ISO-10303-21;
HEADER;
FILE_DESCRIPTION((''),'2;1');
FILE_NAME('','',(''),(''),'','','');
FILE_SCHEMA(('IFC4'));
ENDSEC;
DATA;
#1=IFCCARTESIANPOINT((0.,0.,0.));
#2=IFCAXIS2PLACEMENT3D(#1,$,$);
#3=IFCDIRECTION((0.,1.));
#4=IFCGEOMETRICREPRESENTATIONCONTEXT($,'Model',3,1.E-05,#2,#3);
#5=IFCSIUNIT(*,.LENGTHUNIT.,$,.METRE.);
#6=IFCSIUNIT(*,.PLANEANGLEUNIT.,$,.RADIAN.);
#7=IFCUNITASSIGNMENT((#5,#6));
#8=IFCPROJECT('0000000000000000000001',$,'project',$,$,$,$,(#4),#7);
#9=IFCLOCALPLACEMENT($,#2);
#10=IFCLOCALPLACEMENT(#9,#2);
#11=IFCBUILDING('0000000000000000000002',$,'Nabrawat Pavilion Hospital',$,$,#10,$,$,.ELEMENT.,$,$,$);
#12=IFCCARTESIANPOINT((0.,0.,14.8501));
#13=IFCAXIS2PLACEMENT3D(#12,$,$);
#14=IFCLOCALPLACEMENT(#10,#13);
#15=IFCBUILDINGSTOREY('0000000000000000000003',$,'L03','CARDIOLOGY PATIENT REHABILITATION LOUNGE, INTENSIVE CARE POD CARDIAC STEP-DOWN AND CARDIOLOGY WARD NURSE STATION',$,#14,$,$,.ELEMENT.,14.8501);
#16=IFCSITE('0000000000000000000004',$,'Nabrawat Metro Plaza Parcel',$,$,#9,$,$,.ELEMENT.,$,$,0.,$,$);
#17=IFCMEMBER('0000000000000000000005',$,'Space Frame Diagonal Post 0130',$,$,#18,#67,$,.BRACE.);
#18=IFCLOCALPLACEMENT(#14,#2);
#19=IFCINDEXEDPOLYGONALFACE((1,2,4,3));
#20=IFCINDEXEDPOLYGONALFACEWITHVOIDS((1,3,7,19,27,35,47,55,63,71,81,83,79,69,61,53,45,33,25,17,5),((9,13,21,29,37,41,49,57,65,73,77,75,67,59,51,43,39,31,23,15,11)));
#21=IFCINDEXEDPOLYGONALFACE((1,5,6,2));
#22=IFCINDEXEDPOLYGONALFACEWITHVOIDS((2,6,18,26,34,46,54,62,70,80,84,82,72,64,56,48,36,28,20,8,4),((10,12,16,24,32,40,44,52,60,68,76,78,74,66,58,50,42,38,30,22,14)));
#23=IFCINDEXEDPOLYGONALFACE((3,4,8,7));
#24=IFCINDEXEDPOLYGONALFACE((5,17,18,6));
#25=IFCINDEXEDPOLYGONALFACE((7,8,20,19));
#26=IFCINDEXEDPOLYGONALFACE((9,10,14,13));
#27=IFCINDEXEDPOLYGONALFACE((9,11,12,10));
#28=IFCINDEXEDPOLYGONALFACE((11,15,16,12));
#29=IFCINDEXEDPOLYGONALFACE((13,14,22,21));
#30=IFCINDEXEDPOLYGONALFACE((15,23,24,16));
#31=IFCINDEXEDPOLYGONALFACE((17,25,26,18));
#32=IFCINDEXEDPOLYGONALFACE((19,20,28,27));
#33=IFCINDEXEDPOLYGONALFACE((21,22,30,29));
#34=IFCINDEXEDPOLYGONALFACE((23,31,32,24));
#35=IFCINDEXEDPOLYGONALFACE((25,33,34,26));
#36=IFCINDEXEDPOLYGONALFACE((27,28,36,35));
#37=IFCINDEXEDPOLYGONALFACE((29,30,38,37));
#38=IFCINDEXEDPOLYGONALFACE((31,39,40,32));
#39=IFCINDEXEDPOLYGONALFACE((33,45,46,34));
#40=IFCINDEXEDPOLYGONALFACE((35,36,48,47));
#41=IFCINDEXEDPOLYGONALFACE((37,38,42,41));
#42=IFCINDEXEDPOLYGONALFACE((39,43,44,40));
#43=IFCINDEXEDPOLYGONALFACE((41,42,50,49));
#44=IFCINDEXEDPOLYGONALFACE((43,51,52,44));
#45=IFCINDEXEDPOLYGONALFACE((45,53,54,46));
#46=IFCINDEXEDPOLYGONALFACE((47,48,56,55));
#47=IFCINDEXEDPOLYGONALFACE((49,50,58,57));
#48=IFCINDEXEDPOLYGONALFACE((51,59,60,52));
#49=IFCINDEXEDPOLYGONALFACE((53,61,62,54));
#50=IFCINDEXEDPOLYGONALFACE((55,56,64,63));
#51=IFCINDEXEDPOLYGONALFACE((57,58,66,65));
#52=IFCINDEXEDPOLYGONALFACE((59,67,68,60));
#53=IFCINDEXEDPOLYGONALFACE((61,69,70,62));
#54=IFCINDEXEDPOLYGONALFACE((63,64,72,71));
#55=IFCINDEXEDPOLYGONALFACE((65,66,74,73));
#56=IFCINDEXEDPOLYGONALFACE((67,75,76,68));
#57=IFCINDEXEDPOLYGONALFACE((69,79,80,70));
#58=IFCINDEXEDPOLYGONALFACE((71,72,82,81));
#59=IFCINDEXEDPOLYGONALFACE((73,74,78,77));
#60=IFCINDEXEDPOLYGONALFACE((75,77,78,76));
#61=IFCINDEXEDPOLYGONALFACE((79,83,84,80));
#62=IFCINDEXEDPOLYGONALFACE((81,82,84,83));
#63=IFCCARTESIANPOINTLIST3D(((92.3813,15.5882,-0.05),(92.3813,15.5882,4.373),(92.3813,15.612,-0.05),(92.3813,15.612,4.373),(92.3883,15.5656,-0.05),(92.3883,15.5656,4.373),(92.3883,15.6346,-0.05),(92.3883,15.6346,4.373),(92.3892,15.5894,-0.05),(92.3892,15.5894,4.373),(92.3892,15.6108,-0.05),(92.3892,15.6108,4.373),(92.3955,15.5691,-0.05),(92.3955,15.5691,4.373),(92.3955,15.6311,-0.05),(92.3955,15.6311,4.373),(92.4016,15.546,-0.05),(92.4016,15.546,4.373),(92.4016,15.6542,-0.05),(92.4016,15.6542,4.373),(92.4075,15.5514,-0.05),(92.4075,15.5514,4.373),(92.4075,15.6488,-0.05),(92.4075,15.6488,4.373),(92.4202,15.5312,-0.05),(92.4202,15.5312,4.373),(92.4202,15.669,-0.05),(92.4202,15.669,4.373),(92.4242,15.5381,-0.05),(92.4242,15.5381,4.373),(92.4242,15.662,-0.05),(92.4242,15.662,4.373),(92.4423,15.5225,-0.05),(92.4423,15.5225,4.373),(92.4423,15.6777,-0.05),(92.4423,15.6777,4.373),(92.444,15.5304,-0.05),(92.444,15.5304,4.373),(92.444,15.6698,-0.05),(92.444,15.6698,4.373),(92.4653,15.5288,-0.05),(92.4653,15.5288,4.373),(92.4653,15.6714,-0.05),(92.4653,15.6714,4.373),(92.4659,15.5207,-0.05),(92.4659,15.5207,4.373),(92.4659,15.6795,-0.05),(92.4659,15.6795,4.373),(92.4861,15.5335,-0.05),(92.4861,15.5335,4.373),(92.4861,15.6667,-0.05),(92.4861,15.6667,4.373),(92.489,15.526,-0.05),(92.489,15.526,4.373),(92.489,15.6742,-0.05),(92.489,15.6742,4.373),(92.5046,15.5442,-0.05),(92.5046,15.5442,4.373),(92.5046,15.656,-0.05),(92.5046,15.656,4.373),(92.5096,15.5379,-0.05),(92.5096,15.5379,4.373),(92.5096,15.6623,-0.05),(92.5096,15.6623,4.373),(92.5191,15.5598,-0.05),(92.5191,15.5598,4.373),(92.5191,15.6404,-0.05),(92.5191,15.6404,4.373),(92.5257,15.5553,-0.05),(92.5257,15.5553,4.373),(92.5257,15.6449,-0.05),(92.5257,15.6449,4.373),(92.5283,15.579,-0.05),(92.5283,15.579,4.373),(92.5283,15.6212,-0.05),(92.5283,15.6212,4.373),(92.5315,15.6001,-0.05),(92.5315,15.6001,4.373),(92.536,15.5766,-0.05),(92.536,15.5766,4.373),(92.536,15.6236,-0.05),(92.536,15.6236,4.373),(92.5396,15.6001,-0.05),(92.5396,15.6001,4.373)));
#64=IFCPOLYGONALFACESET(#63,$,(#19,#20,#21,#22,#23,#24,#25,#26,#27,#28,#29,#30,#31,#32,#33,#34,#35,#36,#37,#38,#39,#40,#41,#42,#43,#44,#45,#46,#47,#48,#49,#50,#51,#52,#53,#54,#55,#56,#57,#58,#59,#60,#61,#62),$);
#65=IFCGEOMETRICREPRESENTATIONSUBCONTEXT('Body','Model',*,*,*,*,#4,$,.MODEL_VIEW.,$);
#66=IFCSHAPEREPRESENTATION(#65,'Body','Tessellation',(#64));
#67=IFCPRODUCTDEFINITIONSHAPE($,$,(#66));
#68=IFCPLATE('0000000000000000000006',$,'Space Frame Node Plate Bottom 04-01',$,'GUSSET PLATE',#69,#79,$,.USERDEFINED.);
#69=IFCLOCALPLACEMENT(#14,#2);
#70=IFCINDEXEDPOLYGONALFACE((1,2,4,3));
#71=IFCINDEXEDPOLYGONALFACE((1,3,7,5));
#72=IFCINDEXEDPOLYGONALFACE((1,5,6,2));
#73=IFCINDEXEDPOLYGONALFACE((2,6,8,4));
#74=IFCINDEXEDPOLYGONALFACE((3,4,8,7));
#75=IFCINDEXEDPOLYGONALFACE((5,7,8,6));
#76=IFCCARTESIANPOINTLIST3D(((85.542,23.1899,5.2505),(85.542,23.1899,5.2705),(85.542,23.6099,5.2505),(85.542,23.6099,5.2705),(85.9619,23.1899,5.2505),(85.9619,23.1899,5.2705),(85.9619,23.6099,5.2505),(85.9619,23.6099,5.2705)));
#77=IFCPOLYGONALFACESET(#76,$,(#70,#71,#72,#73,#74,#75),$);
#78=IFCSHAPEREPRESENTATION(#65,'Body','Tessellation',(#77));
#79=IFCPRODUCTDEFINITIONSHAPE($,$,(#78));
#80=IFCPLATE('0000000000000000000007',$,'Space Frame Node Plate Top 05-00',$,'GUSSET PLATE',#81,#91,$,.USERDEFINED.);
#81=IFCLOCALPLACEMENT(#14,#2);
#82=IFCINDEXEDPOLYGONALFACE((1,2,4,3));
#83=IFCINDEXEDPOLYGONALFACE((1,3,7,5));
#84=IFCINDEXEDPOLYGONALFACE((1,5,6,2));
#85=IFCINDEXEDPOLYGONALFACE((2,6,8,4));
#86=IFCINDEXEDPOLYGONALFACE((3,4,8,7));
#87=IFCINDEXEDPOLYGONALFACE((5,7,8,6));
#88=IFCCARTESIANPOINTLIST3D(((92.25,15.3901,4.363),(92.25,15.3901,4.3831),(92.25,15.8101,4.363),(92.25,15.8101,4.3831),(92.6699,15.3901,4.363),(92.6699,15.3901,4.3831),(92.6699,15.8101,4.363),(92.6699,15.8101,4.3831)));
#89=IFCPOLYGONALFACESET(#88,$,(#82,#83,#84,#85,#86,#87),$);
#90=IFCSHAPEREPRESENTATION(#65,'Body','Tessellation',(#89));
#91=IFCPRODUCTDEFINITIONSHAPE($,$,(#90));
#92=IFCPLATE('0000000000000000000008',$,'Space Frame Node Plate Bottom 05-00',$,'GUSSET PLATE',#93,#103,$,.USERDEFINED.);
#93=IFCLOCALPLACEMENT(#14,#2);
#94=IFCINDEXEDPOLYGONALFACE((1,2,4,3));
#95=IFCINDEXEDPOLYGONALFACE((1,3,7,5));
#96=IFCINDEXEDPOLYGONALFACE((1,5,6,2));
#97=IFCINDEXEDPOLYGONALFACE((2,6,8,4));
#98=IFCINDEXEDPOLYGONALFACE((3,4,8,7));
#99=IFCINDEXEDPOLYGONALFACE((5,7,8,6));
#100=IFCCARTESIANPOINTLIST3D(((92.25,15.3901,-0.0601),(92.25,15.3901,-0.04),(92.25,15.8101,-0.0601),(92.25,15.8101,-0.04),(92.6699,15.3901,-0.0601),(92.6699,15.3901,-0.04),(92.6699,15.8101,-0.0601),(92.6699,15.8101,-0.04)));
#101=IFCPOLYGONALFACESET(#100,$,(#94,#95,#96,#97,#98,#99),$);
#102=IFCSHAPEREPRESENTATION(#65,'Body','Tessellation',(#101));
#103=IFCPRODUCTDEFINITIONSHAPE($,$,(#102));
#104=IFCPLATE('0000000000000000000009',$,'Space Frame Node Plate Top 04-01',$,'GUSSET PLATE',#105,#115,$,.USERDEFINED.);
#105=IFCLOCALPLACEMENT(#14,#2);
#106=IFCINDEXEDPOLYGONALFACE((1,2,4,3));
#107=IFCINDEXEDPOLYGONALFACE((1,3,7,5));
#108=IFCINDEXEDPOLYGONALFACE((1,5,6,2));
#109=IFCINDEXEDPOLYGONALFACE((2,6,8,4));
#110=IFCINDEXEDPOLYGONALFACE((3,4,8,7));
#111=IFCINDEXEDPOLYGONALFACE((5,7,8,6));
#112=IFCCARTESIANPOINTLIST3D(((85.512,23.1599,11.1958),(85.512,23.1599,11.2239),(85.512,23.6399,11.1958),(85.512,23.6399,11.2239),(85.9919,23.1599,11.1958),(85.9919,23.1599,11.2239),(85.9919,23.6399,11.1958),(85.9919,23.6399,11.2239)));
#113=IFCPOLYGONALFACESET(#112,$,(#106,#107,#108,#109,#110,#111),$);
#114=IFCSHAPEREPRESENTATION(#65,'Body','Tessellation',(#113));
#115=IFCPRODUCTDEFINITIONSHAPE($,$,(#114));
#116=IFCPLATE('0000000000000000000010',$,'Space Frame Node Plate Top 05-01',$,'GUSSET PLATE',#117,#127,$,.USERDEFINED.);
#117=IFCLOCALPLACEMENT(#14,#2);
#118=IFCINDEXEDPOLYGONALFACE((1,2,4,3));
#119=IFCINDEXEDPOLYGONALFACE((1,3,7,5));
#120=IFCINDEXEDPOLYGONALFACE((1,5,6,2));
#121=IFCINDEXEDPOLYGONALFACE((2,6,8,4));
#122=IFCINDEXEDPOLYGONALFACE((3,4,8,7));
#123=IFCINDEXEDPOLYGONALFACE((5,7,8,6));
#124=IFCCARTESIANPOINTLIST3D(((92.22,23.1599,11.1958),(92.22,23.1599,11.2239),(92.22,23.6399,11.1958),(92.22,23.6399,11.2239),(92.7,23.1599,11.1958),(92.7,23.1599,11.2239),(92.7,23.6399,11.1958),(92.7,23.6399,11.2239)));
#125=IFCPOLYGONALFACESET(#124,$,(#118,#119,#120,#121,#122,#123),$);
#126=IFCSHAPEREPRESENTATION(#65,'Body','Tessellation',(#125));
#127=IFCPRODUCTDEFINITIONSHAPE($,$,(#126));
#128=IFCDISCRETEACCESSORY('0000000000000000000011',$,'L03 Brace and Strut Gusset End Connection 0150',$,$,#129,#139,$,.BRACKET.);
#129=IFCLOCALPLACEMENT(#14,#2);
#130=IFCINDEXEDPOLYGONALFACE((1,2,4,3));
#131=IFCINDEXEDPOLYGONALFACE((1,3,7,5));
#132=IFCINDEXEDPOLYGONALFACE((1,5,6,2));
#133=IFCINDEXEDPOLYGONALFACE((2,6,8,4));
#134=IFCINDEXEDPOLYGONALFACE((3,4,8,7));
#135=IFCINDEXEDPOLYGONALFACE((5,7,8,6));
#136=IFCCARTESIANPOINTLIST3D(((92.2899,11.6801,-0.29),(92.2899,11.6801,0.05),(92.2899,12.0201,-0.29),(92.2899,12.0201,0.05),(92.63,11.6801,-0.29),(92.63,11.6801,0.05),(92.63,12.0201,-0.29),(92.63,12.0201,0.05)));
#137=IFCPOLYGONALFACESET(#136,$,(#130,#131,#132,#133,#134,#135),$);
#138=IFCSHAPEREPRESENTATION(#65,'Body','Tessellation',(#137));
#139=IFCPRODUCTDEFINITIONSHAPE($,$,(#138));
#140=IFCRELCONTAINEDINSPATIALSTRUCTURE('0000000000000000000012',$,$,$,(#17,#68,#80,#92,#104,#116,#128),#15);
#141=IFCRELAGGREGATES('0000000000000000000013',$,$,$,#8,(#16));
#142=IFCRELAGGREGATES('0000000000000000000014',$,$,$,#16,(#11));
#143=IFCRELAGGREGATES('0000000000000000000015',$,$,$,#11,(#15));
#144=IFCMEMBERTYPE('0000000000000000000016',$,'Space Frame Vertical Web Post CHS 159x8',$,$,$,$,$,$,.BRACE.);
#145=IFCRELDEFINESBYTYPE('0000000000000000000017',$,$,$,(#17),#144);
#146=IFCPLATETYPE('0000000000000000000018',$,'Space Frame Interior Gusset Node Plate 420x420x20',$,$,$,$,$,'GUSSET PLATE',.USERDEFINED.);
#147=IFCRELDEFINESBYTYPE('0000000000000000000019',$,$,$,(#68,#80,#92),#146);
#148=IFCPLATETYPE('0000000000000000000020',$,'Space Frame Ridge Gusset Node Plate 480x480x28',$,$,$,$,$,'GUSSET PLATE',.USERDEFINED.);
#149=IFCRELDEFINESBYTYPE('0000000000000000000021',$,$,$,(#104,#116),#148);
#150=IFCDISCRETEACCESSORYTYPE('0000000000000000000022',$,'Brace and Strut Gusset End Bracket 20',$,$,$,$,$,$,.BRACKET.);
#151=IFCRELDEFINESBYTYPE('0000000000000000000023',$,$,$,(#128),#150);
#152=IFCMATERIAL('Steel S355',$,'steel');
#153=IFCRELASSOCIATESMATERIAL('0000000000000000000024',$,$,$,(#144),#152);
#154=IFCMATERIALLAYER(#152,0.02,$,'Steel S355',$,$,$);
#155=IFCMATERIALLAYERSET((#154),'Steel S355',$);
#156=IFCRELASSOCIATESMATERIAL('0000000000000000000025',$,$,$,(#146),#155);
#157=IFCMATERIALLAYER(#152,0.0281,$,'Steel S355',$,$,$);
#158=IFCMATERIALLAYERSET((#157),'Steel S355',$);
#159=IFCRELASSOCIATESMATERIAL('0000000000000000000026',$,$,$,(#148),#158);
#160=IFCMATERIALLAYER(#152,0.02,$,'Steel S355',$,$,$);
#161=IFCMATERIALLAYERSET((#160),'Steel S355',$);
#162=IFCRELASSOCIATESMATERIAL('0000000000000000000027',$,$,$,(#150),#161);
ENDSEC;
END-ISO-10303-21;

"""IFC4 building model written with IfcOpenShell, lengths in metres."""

from ifc_helpers import new_model, si_unit, direction, frame, origin, origin_2d, place, context, subcontext, project, spatial, rectangle, hollow_circle, extrude, material, layer, layer_set, material_profile, profile_set, type_object, element, save


model = new_model("IFC4")

# Units and contexts
model_context = context("Model", 3, precision=1e-05, world=origin(), true_north=direction((0.0, 1.0)))
body_context = subcontext(model_context, "Body", "Model", "MODEL_VIEW")
ifc_project = project(units=[si_unit("LENGTHUNIT", "METRE"), si_unit("PLANEANGLEUNIT", "RADIAN")], contexts=[model_context])

# Site, building, storey
site_placement = place(None, origin())
site = spatial("IfcSite", under=ifc_project, at=site_placement, Name="Nabrawat Metro Plaza Parcel", CompositionType="ELEMENT", RefElevation=0.0)
building_placement = place(site_placement, origin())
building = spatial("IfcBuilding", under=site, at=building_placement, Name="Nabrawat Pavilion Hospital", CompositionType="ELEMENT")
storey_placement = place(building_placement, frame((0.0, 0.0, 14.8501)))
storey = spatial("IfcBuildingStorey", under=building, at=storey_placement, Name="L03", Description="CARDIOLOGY PATIENT REHABILITATION LOUNGE, INTENSIVE CARE POD CARDIAC STEP-DOWN AND CARDIOLOGY WARD NURSE STATION", CompositionType="ELEMENT", Elevation=14.8501)

# Shared definitions
ifc_material = material(Name="Steel S355", Category="steel")

# Member
ifc_material_profile_1 = material_profile(ifc_material, hollow_circle(Radius=0.0796, WallThickness=0.0081, at=origin_2d()), Name="CHS 159x8")
ifc_profile_set_1 = profile_set([ifc_material_profile_1], Name="Steel S355")
member_type_1 = type_object("IfcMemberType", Name="Space Frame Vertical Web Post CHS 159x8", PredefinedType="BRACE", material=ifc_profile_set_1)
member_1_placement = place(storey_placement, frame((92.46, 15.6001, -0.05), z_axis=(0.0, 0.0, 1.0), x_axis=(1.0, 0.0, 0.0)))
element("IfcMember", 1, at=member_1_placement, inside=storey, type_object=member_type_1, Name="Space Frame Diagonal Post 0130", PredefinedType="BRACE", context=body_context, shape_type="SweptSolid", body=[
    extrude(hollow_circle(Radius=0.0796, WallThickness=0.0081, at=origin_2d()), origin(), (0.0, 0.0, 1.0), 4.4231),
])

# Plates
ifc_layer_1 = layer(ifc_material, 0.02, Name="Steel S355")
ifc_layer_set_1 = layer_set([ifc_layer_1], Name="Steel S355")
plate_type_1 = type_object("IfcPlateType", Name="Space Frame Interior Gusset Node Plate 420x420x20", ElementType="GUSSET PLATE", PredefinedType="USERDEFINED", material=ifc_layer_set_1)
for number, where, z_axis, x_axis, name in (
    (2, (85.752, 23.3999, 5.2505), (0.0, 0.0, 1.0), (1.0, 0.0, 0.0), "Space Frame Node Plate Bottom 04-01"),
    (3, (92.46, 15.6001, 4.363), (0.0, 0.0, 1.0), (1.0, 0.0, 0.0), "Space Frame Node Plate Top 05-00"),
    (4, (92.46, 15.6001, -0.0601), (0.0, 0.0, 1.0), (1.0, 0.0, 0.0), "Space Frame Node Plate Bottom 05-00"),
):
    element("IfcPlate", number, at=place(storey_placement, frame(where, z_axis=z_axis, x_axis=x_axis)), inside=storey, type_object=plate_type_1, Name=name, ObjectType="GUSSET PLATE", PredefinedType="USERDEFINED", context=body_context, shape_type="SweptSolid", body=[
        extrude(rectangle(XDim=0.4199, YDim=0.4199, at=origin_2d()), origin(), (0.0, 0.0, 1.0), 0.02),
    ])
ifc_layer_2 = layer(ifc_material, 0.0281, Name="Steel S355")
ifc_layer_set_2 = layer_set([ifc_layer_2], Name="Steel S355")
plate_type_2 = type_object("IfcPlateType", Name="Space Frame Ridge Gusset Node Plate 480x480x28", ElementType="GUSSET PLATE", PredefinedType="USERDEFINED", material=ifc_layer_set_2)
for number, where, z_axis, x_axis, name in (
    (5, (85.752, 23.3999, 11.1958), (0.0, 0.0, 1.0), (1.0, 0.0, 0.0), "Space Frame Node Plate Top 04-01"),
    (6, (92.46, 23.3999, 11.1958), (0.0, 0.0, 1.0), (1.0, 0.0, 0.0), "Space Frame Node Plate Top 05-01"),
):
    element("IfcPlate", number, at=place(storey_placement, frame(where, z_axis=z_axis, x_axis=x_axis)), inside=storey, type_object=plate_type_2, Name=name, ObjectType="GUSSET PLATE", PredefinedType="USERDEFINED", context=body_context, shape_type="SweptSolid", body=[
        extrude(rectangle(XDim=0.48, YDim=0.48, at=origin_2d()), origin(), (0.0, 0.0, 1.0), 0.0281),
    ])

# Discrete accessory
ifc_layer_3 = layer(ifc_material, 0.02, Name="Steel S355")
ifc_layer_set_3 = layer_set([ifc_layer_3], Name="Steel S355")
discrete_accessory_type = type_object("IfcDiscreteAccessoryType", Name="Brace and Strut Gusset End Bracket 20", PredefinedType="BRACKET", material=ifc_layer_set_3)
discrete_accessory_placement = place(storey_placement, frame((92.46, 11.8501, -0.29), z_axis=(0.0, 0.0, 1.0), x_axis=(1.0, 0.0, 0.0)))
element("IfcDiscreteAccessory", 7, at=discrete_accessory_placement, inside=storey, type_object=discrete_accessory_type, Name="L03 Brace and Strut Gusset End Connection 0150", PredefinedType="BRACKET", context=body_context, shape_type="SweptSolid", body=[
    extrude(rectangle(XDim=0.3401, YDim=0.3401, at=origin_2d()), origin(), (0.0, 0.0, 1.0), 0.3401),
])

save(model, "model.ifc")
